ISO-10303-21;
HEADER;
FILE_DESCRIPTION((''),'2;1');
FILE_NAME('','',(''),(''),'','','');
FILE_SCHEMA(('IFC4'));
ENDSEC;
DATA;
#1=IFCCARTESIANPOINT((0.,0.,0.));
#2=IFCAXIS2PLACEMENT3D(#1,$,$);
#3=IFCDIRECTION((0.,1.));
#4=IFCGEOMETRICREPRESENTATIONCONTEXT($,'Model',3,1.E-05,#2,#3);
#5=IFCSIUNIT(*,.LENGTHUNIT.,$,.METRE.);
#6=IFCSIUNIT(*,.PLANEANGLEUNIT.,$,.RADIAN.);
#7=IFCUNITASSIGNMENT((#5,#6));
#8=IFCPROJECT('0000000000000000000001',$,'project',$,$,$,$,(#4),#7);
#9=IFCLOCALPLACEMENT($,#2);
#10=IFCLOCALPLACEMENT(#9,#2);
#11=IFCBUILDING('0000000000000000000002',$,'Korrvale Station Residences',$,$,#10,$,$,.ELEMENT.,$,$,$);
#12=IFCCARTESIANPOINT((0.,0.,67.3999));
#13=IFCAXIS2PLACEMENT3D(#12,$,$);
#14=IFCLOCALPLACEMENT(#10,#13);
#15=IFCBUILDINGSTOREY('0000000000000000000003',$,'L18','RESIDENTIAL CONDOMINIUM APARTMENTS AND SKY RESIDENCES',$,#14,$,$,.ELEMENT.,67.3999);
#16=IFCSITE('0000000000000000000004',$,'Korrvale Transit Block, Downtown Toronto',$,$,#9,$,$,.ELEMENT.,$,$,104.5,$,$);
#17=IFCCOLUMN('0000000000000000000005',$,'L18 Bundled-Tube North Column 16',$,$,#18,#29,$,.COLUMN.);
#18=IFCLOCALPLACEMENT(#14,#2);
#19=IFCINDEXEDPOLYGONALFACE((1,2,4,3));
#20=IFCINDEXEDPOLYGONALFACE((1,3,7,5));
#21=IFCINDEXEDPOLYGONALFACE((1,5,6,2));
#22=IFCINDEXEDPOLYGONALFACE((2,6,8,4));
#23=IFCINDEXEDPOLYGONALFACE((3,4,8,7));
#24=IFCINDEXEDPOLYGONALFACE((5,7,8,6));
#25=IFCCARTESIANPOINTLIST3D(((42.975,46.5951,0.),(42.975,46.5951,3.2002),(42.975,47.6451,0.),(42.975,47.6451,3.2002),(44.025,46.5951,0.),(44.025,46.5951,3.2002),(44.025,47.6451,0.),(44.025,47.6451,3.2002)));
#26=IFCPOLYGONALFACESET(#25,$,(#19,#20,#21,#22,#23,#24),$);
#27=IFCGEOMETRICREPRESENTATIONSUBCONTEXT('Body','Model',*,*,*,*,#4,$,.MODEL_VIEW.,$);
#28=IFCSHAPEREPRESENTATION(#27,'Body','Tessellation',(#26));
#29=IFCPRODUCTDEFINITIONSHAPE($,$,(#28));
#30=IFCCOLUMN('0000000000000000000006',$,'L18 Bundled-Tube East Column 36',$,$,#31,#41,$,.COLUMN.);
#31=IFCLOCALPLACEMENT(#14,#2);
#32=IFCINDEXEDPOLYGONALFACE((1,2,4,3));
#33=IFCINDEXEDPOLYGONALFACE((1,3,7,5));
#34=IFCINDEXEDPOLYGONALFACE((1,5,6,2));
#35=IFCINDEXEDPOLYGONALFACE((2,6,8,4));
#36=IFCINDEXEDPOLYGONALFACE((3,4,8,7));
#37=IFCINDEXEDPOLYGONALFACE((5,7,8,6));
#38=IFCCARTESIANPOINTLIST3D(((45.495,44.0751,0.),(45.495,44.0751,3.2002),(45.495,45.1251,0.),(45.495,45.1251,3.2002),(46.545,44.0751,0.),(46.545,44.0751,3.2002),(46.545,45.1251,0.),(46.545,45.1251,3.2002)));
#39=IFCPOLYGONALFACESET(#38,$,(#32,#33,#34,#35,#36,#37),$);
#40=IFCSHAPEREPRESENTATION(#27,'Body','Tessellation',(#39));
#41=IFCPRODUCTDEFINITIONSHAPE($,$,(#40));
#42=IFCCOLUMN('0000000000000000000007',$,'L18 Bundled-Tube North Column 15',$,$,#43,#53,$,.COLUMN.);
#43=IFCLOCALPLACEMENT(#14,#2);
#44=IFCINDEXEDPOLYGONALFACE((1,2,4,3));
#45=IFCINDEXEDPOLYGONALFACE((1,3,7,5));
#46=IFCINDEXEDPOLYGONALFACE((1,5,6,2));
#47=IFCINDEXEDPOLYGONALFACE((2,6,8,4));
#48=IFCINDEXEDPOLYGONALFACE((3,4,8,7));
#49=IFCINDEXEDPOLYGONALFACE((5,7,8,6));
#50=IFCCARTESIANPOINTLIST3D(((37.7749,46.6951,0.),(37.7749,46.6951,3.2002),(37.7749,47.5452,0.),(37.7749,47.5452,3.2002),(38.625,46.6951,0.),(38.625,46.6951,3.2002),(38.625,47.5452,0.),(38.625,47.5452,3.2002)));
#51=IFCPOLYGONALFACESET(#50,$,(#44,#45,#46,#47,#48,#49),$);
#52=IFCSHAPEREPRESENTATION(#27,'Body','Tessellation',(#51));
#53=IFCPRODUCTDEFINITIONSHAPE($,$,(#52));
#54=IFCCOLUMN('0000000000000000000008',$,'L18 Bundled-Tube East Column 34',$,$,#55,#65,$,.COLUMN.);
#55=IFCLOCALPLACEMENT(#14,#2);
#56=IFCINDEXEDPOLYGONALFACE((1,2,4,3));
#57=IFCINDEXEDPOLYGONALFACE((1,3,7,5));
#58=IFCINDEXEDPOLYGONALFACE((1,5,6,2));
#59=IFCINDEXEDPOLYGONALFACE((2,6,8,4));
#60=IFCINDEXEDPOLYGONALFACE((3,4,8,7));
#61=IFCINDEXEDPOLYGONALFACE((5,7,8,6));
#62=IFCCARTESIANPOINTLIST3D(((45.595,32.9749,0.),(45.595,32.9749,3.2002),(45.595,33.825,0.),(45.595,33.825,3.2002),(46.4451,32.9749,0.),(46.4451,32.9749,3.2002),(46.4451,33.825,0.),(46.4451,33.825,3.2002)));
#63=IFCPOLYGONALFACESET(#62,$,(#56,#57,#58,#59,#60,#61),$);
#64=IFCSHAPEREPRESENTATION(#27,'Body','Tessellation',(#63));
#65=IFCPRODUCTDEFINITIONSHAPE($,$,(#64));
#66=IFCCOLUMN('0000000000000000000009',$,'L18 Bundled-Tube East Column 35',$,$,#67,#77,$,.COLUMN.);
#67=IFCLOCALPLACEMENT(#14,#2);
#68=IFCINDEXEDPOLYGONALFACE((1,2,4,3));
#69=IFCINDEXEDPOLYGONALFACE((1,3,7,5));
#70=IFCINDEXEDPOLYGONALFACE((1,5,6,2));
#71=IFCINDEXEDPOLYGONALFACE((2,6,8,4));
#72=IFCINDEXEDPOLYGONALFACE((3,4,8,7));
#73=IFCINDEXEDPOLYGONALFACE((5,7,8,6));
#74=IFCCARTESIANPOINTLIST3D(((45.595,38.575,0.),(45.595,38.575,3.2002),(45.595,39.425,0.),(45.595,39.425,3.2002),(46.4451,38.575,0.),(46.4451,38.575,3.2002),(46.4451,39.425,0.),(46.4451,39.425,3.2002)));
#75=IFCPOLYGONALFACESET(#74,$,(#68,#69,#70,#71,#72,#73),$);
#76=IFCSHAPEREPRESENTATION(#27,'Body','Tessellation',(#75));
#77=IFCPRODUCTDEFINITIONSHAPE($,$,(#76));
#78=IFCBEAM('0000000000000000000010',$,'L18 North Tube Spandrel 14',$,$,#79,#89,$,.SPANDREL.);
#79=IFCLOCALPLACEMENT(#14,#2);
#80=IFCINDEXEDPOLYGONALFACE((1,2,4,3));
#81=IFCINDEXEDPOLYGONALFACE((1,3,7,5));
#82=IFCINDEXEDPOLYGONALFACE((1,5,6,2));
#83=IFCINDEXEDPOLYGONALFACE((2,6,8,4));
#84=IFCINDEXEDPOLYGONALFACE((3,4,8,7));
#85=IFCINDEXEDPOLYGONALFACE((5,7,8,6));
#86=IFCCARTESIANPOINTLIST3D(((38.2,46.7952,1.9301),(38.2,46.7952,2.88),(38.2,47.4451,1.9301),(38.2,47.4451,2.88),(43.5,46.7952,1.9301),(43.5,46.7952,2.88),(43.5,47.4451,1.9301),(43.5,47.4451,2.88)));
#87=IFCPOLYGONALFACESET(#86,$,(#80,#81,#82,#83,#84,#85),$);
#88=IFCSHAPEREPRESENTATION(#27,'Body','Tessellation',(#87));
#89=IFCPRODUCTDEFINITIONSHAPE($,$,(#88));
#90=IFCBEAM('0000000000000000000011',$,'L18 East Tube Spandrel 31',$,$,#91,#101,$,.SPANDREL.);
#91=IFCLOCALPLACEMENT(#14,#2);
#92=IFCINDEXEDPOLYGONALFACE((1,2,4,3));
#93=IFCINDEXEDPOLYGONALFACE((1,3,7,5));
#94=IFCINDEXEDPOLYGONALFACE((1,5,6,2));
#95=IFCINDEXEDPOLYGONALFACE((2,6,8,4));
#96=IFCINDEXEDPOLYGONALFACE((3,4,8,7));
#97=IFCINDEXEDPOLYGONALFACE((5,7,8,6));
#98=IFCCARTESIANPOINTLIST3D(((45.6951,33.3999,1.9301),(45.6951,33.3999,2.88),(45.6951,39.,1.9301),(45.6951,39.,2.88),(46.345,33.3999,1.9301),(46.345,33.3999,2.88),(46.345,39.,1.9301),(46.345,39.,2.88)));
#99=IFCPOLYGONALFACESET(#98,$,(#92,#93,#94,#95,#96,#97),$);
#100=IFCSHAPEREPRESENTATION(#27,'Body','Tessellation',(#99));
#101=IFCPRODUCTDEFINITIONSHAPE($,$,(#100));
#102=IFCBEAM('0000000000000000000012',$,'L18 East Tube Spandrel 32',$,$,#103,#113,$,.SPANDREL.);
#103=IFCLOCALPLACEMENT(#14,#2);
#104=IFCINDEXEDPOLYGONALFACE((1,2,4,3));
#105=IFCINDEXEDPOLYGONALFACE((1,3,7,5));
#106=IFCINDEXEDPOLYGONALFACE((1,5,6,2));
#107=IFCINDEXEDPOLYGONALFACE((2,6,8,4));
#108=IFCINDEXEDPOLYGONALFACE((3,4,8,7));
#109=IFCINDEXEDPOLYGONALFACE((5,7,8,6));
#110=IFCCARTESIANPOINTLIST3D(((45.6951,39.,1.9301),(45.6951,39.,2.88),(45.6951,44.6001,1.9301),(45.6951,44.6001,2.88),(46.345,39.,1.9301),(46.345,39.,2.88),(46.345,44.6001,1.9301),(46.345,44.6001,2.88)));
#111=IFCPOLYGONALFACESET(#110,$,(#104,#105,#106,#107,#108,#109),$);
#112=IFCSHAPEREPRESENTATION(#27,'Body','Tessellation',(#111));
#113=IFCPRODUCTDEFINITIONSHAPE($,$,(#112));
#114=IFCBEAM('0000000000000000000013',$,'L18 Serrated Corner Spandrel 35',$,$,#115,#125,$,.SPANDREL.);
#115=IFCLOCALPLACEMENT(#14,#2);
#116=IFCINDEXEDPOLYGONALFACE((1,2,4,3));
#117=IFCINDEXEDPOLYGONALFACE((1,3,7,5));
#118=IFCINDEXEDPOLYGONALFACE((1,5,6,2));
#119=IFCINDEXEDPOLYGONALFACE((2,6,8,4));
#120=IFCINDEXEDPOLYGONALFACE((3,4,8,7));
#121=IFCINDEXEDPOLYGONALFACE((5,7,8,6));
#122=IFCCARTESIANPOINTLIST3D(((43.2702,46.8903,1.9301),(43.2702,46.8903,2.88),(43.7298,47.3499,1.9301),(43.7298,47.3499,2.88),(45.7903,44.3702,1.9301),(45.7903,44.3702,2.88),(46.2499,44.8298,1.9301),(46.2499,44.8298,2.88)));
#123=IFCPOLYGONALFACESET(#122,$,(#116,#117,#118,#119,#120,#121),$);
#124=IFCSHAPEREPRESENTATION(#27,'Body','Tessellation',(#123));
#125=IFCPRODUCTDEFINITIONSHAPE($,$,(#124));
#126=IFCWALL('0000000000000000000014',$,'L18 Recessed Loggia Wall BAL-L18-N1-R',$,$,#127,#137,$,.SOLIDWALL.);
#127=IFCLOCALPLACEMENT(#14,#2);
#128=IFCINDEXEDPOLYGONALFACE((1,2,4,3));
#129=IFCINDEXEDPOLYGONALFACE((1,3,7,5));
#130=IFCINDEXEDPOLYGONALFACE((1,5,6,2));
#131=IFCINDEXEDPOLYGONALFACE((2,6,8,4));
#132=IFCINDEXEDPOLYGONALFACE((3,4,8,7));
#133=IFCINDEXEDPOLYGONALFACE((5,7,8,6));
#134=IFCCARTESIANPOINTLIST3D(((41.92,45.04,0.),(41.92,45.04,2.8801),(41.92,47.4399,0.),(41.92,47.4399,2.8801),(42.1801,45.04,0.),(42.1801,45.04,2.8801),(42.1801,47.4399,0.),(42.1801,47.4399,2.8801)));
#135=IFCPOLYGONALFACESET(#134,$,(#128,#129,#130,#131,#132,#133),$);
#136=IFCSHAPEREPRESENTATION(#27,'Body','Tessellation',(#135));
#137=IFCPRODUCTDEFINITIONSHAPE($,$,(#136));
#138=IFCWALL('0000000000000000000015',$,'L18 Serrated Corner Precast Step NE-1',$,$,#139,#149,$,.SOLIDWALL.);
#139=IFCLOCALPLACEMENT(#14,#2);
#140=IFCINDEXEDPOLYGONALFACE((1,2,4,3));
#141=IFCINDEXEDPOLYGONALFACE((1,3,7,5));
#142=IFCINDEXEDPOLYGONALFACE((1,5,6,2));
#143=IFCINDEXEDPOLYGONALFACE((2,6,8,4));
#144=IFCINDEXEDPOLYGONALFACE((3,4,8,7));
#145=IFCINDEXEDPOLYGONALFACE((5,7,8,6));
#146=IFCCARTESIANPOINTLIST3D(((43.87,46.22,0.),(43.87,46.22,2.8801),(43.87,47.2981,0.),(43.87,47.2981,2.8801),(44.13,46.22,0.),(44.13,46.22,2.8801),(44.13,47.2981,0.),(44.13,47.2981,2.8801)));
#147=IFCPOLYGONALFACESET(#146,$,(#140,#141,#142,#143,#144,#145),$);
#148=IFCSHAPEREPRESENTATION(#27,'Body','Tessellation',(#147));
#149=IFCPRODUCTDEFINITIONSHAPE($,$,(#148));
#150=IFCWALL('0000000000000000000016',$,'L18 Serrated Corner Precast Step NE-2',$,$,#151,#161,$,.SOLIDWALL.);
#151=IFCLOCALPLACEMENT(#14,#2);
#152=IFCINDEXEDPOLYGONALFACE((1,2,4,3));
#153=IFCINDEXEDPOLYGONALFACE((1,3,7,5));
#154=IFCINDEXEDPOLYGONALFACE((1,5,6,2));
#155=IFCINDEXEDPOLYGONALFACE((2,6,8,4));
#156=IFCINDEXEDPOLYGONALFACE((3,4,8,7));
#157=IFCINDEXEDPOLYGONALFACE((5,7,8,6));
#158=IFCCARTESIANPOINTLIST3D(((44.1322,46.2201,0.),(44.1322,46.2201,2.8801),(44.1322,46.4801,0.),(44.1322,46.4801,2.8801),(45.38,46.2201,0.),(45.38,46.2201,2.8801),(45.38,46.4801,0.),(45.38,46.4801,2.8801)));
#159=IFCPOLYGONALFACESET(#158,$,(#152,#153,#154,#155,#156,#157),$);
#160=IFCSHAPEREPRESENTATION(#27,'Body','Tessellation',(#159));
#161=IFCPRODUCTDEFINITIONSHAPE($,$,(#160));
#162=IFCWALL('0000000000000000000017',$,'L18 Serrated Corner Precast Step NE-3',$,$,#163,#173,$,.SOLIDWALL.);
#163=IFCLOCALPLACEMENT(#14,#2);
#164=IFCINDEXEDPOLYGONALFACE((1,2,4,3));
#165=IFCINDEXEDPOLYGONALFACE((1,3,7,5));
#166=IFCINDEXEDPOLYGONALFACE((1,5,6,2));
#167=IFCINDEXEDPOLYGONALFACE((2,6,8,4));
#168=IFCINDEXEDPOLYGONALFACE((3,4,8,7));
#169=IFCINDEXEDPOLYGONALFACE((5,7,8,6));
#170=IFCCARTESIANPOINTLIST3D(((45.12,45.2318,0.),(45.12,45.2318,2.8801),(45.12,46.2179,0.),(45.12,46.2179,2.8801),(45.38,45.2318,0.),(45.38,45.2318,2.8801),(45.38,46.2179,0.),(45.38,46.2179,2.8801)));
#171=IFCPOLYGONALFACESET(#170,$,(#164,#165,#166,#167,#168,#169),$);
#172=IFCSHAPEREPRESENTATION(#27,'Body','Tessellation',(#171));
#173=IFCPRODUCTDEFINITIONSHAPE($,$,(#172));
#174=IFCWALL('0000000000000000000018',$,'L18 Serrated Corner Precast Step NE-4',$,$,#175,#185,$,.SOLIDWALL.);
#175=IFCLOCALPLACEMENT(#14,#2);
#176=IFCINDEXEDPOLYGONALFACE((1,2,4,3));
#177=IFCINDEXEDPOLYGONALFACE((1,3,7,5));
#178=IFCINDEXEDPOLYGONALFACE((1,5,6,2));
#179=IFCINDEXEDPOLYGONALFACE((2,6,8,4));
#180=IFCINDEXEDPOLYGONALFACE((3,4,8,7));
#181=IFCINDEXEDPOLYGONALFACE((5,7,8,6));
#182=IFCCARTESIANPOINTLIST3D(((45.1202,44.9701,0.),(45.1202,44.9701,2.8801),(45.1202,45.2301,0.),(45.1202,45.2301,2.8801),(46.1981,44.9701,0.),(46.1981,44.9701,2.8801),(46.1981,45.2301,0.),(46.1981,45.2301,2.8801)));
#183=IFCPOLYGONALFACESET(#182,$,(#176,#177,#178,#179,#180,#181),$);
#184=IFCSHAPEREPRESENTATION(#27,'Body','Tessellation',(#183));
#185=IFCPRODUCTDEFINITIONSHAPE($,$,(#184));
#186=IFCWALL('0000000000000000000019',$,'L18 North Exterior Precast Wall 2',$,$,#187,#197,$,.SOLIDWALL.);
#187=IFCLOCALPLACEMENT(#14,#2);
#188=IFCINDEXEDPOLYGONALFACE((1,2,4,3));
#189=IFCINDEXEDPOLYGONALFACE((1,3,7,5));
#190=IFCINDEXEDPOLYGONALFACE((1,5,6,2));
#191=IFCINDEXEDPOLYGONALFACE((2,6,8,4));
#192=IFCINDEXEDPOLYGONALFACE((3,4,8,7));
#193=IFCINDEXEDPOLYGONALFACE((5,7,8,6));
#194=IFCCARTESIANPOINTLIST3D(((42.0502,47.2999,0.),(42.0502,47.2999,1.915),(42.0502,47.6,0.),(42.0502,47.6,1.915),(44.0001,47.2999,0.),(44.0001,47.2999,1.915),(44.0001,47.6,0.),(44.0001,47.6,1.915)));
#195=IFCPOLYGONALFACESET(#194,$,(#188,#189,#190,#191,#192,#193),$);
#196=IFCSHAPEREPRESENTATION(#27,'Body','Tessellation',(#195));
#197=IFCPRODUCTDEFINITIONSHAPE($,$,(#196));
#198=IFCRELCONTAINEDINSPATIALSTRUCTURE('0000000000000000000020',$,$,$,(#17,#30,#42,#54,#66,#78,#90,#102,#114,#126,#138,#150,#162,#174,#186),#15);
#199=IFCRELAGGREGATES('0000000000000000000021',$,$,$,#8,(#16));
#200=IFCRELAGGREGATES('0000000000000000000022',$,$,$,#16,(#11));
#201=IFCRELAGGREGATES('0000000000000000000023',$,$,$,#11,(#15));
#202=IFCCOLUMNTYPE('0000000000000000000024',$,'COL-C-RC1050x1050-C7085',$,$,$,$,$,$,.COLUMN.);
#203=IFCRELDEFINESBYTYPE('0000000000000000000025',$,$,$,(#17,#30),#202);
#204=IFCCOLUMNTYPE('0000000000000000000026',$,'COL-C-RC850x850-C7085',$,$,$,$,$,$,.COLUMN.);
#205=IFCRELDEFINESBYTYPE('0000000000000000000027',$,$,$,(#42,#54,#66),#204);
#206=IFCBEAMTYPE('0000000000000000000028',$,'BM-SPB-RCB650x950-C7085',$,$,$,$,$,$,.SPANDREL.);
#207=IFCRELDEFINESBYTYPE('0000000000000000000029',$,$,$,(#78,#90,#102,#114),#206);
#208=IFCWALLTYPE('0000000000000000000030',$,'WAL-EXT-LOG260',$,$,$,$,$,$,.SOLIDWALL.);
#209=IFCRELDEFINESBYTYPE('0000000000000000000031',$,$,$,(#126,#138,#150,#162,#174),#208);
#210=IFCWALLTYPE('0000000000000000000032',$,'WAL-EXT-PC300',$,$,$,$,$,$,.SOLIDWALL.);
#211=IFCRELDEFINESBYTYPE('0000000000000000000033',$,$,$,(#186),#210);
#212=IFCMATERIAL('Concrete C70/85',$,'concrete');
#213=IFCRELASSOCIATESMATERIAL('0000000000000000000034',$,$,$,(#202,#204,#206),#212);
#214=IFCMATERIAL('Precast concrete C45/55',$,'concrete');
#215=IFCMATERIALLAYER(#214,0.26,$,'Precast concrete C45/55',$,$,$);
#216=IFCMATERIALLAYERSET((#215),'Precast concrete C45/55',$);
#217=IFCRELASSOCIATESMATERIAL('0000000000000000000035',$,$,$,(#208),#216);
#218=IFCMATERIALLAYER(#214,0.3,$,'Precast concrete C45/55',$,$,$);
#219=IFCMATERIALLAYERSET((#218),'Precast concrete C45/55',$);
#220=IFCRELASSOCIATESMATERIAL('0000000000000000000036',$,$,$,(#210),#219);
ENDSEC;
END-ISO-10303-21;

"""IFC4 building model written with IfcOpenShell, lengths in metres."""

from ifc_helpers import new_model, si_unit, direction, frame, frame_2d, origin, origin_2d, place, context, subcontext, project, spatial, rectangle, extrude, material, layer, layer_set, material_profile, profile_set, type_object, element, save


model = new_model("IFC4")

# Units and contexts
model_context = context("Model", 3, precision=1e-05, world=origin(), true_north=direction((0.0, 1.0)))
body_context = subcontext(model_context, "Body", "Model", "MODEL_VIEW")
ifc_project = project(units=[si_unit("LENGTHUNIT", "METRE"), si_unit("PLANEANGLEUNIT", "RADIAN")], contexts=[model_context])

# Site, building, storey
site_placement = place(None, origin())
site = spatial("IfcSite", under=ifc_project, at=site_placement, Name="Korrvale Transit Block, Downtown Toronto", CompositionType="ELEMENT", RefElevation=104.5)
building_placement = place(site_placement, origin())
building = spatial("IfcBuilding", under=site, at=building_placement, Name="Korrvale Station Residences", CompositionType="ELEMENT")
storey_placement = place(building_placement, frame((0.0, 0.0, 67.3999)))
storey = spatial("IfcBuildingStorey", under=building, at=storey_placement, Name="L18", Description="RESIDENTIAL CONDOMINIUM APARTMENTS AND SKY RESIDENCES", CompositionType="ELEMENT", Elevation=67.3999)

# Columns
ifc_material_1 = material(Name="Concrete C70/85", Category="concrete")
ifc_material_profile_1 = material_profile(ifc_material_1, rectangle(XDim=1.05, YDim=1.05, at=origin_2d()), Name="RC1050x1050")
ifc_profile_set_1 = profile_set([ifc_material_profile_1], Name="Concrete C70/85")
column_type_1 = type_object("IfcColumnType", Name="COL-C-RC1050x1050-C7085", PredefinedType="COLUMN", material=ifc_profile_set_1)
for number, where, z_axis, x_axis, name in (
    (1, (43.5, 47.1201, 0.0), (0.0, 0.0, 1.0), (1.0, 0.0, 0.0), "L18 Bundled-Tube North Column 16"),
    (2, (46.02, 44.6001, 0.0), (0.0, 0.0, 1.0), (1.0, 0.0, 0.0), "L18 Bundled-Tube East Column 36"),
):
    element("IfcColumn", number, at=place(storey_placement, frame(where, z_axis=z_axis, x_axis=x_axis)), inside=storey, type_object=column_type_1, Name=name, PredefinedType="COLUMN", context=body_context, shape_type="SweptSolid", body=[
        extrude(rectangle(XDim=1.05, YDim=1.05, at=origin_2d()), origin(), (0.0, 0.0, 1.0), 3.2002),
    ])
ifc_material_profile_2 = material_profile(ifc_material_1, rectangle(XDim=0.8501, YDim=0.8501, at=origin_2d()), Name="RC850x850")
ifc_profile_set_2 = profile_set([ifc_material_profile_2], Name="Concrete C70/85")
column_type_2 = type_object("IfcColumnType", Name="COL-C-RC850x850-C7085", PredefinedType="COLUMN", material=ifc_profile_set_2)
for number, where, z_axis, x_axis, name in (
    (3, (38.2, 47.1201, 0.0), (0.0, 0.0, 1.0), (1.0, 0.0, 0.0), "L18 Bundled-Tube North Column 15"),
    (4, (46.02, 33.3999, 0.0), (0.0, 0.0, 1.0), (1.0, 0.0, 0.0), "L18 Bundled-Tube East Column 34"),
    (5, (46.02, 39.0, 0.0), (0.0, 0.0, 1.0), (1.0, 0.0, 0.0), "L18 Bundled-Tube East Column 35"),
):
    element("IfcColumn", number, at=place(storey_placement, frame(where, z_axis=z_axis, x_axis=x_axis)), inside=storey, type_object=column_type_2, Name=name, PredefinedType="COLUMN", context=body_context, shape_type="SweptSolid", body=[
        extrude(rectangle(XDim=0.8501, YDim=0.8501, at=origin_2d()), origin(), (0.0, 0.0, 1.0), 3.2002),
    ])

# Beams
ifc_material_profile_3 = material_profile(ifc_material_1, rectangle(XDim=0.6499, YDim=0.95, at=origin_2d()), Name="RCB650x950")
ifc_profile_set_3 = profile_set([ifc_material_profile_3], Name="Concrete C70/85")
beam_type = type_object("IfcBeamType", Name="BM-SPB-RCB650x950-C7085", PredefinedType="SPANDREL", material=ifc_profile_set_3)
beam_1_placement = place(storey_placement, frame((38.2, 47.1201, 2.405), z_axis=(1.0, 0.0, 0.0), x_axis=(0.0, 1.0, 0.0)))
element("IfcBeam", 6, at=beam_1_placement, inside=storey, type_object=beam_type, Name="L18 North Tube Spandrel 14", PredefinedType="SPANDREL", context=body_context, shape_type="SweptSolid", body=[
    extrude(rectangle(XDim=0.6499, YDim=0.95, at=origin_2d()), origin(), (0.0, 0.0, 1.0), 5.3),
])
for number, where, z_axis, x_axis, name in (
    (7, (46.02, 33.3999, 2.405), (0.0, 1.0, 0.0), (-1.0, 0.0, 0.0), "L18 East Tube Spandrel 31"),
    (8, (46.02, 39.0, 2.405), (0.0, 1.0, 0.0), (-1.0, 0.0, 0.0), "L18 East Tube Spandrel 32"),
):
    element("IfcBeam", number, at=place(storey_placement, frame(where, z_axis=z_axis, x_axis=x_axis)), inside=storey, type_object=beam_type, Name=name, PredefinedType="SPANDREL", context=body_context, shape_type="SweptSolid", body=[
        extrude(rectangle(XDim=0.6499, YDim=0.95, at=origin_2d()), origin(), (0.0, 0.0, 1.0), 5.6001),
    ])
beam_2_placement = place(storey_placement, frame((43.5, 47.1201, 2.405), z_axis=(0.707107, -0.707107, 0.0), x_axis=(0.707107, 0.707107, 0.0)))
element("IfcBeam", 9, at=beam_2_placement, inside=storey, type_object=beam_type, Name="L18 Serrated Corner Spandrel 35", PredefinedType="SPANDREL", context=body_context, shape_type="SweptSolid", body=[
    extrude(rectangle(XDim=0.6499, YDim=0.95, at=origin_2d()), origin(), (0.0, 0.0, 1.0), 3.564),
])

# Walls
ifc_material_2 = material(Name="Precast concrete C45/55", Category="concrete")
ifc_layer_1 = layer(ifc_material_2, 0.26, Name="Precast concrete C45/55")
ifc_layer_set_1 = layer_set([ifc_layer_1], Name="Precast concrete C45/55")
wall_type_1 = type_object("IfcWallType", Name="WAL-EXT-LOG260", PredefinedType="SOLIDWALL", material=ifc_layer_set_1)
wall_1_placement = place(storey_placement, frame((42.05, 45.04, 0.0), z_axis=(0.0, 0.0, 1.0), x_axis=(0.0, 1.0, 0.0)))
element("IfcWall", 10, at=wall_1_placement, inside=storey, type_object=wall_type_1, Name="L18 Recessed Loggia Wall BAL-L18-N1-R", PredefinedType="SOLIDWALL", context=body_context, shape_type="SweptSolid", body=[
    extrude(rectangle(XDim=2.3999, YDim=0.26, at=frame_2d((1.2, 0.0))), origin(), (0.0, 0.0, 1.0), 2.8801),
])
wall_2_placement = place(storey_placement, frame((44.0, 47.2981, 0.0), z_axis=(0.0, 0.0, 1.0), x_axis=(0.0, -1.0, 0.0)))
element("IfcWall", 11, at=wall_2_placement, inside=storey, type_object=wall_type_1, Name="L18 Serrated Corner Precast Step NE-1", PredefinedType="SOLIDWALL", context=body_context, shape_type="SweptSolid", body=[
    extrude(rectangle(XDim=1.0781, YDim=0.26, at=frame_2d((0.5391, 0.0))), origin(), (0.0, 0.0, 1.0), 2.8801),
])
wall_3_placement = place(storey_placement, frame((44.1321, 46.3501, 0.0), z_axis=(0.0, 0.0, 1.0), x_axis=(1.0, 0.0, 0.0)))
element("IfcWall", 12, at=wall_3_placement, inside=storey, type_object=wall_type_1, Name="L18 Serrated Corner Precast Step NE-2", PredefinedType="SOLIDWALL", context=body_context, shape_type="SweptSolid", body=[
    extrude(rectangle(XDim=1.2478, YDim=0.26, at=frame_2d((0.624, 0.0))), origin(), (0.0, 0.0, 1.0), 2.8801),
])
wall_4_placement = place(storey_placement, frame((45.25, 46.218, 0.0), z_axis=(0.0, 0.0, 1.0), x_axis=(0.0, -1.0, 0.0)))
element("IfcWall", 13, at=wall_4_placement, inside=storey, type_object=wall_type_1, Name="L18 Serrated Corner Precast Step NE-3", PredefinedType="SOLIDWALL", context=body_context, shape_type="SweptSolid", body=[
    extrude(rectangle(XDim=0.9861, YDim=0.26, at=frame_2d((0.4932, 0.0))), origin(), (0.0, 0.0, 1.0), 2.8801),
])
wall_5_placement = place(storey_placement, frame((45.1201, 45.1001, 0.0), z_axis=(0.0, 0.0, 1.0), x_axis=(1.0, 0.0, 0.0)))
element("IfcWall", 14, at=wall_5_placement, inside=storey, type_object=wall_type_1, Name="L18 Serrated Corner Precast Step NE-4", PredefinedType="SOLIDWALL", context=body_context, shape_type="SweptSolid", body=[
    extrude(rectangle(XDim=1.0779, YDim=0.26, at=frame_2d((0.5391, 0.0))), origin(), (0.0, 0.0, 1.0), 2.8801),
])
ifc_layer_2 = layer(ifc_material_2, 0.3, Name="Precast concrete C45/55")
ifc_layer_set_2 = layer_set([ifc_layer_2], Name="Precast concrete C45/55")
wall_type_2 = type_object("IfcWallType", Name="WAL-EXT-PC300", PredefinedType="SOLIDWALL", material=ifc_layer_set_2)
wall_6_placement = place(storey_placement, frame((42.05, 47.45, 0.0), z_axis=(0.0, 0.0, 1.0), x_axis=(1.0, 0.0, 0.0)))
element("IfcWall", 15, at=wall_6_placement, inside=storey, type_object=wall_type_2, Name="L18 North Exterior Precast Wall 2", PredefinedType="SOLIDWALL", context=body_context, shape_type="SweptSolid", body=[
    extrude(rectangle(XDim=1.95, YDim=0.3, at=frame_2d((0.9751, 0.0))), origin(), (0.0, 0.0, 1.0), 1.915),
])

save(model, "model.ifc")
